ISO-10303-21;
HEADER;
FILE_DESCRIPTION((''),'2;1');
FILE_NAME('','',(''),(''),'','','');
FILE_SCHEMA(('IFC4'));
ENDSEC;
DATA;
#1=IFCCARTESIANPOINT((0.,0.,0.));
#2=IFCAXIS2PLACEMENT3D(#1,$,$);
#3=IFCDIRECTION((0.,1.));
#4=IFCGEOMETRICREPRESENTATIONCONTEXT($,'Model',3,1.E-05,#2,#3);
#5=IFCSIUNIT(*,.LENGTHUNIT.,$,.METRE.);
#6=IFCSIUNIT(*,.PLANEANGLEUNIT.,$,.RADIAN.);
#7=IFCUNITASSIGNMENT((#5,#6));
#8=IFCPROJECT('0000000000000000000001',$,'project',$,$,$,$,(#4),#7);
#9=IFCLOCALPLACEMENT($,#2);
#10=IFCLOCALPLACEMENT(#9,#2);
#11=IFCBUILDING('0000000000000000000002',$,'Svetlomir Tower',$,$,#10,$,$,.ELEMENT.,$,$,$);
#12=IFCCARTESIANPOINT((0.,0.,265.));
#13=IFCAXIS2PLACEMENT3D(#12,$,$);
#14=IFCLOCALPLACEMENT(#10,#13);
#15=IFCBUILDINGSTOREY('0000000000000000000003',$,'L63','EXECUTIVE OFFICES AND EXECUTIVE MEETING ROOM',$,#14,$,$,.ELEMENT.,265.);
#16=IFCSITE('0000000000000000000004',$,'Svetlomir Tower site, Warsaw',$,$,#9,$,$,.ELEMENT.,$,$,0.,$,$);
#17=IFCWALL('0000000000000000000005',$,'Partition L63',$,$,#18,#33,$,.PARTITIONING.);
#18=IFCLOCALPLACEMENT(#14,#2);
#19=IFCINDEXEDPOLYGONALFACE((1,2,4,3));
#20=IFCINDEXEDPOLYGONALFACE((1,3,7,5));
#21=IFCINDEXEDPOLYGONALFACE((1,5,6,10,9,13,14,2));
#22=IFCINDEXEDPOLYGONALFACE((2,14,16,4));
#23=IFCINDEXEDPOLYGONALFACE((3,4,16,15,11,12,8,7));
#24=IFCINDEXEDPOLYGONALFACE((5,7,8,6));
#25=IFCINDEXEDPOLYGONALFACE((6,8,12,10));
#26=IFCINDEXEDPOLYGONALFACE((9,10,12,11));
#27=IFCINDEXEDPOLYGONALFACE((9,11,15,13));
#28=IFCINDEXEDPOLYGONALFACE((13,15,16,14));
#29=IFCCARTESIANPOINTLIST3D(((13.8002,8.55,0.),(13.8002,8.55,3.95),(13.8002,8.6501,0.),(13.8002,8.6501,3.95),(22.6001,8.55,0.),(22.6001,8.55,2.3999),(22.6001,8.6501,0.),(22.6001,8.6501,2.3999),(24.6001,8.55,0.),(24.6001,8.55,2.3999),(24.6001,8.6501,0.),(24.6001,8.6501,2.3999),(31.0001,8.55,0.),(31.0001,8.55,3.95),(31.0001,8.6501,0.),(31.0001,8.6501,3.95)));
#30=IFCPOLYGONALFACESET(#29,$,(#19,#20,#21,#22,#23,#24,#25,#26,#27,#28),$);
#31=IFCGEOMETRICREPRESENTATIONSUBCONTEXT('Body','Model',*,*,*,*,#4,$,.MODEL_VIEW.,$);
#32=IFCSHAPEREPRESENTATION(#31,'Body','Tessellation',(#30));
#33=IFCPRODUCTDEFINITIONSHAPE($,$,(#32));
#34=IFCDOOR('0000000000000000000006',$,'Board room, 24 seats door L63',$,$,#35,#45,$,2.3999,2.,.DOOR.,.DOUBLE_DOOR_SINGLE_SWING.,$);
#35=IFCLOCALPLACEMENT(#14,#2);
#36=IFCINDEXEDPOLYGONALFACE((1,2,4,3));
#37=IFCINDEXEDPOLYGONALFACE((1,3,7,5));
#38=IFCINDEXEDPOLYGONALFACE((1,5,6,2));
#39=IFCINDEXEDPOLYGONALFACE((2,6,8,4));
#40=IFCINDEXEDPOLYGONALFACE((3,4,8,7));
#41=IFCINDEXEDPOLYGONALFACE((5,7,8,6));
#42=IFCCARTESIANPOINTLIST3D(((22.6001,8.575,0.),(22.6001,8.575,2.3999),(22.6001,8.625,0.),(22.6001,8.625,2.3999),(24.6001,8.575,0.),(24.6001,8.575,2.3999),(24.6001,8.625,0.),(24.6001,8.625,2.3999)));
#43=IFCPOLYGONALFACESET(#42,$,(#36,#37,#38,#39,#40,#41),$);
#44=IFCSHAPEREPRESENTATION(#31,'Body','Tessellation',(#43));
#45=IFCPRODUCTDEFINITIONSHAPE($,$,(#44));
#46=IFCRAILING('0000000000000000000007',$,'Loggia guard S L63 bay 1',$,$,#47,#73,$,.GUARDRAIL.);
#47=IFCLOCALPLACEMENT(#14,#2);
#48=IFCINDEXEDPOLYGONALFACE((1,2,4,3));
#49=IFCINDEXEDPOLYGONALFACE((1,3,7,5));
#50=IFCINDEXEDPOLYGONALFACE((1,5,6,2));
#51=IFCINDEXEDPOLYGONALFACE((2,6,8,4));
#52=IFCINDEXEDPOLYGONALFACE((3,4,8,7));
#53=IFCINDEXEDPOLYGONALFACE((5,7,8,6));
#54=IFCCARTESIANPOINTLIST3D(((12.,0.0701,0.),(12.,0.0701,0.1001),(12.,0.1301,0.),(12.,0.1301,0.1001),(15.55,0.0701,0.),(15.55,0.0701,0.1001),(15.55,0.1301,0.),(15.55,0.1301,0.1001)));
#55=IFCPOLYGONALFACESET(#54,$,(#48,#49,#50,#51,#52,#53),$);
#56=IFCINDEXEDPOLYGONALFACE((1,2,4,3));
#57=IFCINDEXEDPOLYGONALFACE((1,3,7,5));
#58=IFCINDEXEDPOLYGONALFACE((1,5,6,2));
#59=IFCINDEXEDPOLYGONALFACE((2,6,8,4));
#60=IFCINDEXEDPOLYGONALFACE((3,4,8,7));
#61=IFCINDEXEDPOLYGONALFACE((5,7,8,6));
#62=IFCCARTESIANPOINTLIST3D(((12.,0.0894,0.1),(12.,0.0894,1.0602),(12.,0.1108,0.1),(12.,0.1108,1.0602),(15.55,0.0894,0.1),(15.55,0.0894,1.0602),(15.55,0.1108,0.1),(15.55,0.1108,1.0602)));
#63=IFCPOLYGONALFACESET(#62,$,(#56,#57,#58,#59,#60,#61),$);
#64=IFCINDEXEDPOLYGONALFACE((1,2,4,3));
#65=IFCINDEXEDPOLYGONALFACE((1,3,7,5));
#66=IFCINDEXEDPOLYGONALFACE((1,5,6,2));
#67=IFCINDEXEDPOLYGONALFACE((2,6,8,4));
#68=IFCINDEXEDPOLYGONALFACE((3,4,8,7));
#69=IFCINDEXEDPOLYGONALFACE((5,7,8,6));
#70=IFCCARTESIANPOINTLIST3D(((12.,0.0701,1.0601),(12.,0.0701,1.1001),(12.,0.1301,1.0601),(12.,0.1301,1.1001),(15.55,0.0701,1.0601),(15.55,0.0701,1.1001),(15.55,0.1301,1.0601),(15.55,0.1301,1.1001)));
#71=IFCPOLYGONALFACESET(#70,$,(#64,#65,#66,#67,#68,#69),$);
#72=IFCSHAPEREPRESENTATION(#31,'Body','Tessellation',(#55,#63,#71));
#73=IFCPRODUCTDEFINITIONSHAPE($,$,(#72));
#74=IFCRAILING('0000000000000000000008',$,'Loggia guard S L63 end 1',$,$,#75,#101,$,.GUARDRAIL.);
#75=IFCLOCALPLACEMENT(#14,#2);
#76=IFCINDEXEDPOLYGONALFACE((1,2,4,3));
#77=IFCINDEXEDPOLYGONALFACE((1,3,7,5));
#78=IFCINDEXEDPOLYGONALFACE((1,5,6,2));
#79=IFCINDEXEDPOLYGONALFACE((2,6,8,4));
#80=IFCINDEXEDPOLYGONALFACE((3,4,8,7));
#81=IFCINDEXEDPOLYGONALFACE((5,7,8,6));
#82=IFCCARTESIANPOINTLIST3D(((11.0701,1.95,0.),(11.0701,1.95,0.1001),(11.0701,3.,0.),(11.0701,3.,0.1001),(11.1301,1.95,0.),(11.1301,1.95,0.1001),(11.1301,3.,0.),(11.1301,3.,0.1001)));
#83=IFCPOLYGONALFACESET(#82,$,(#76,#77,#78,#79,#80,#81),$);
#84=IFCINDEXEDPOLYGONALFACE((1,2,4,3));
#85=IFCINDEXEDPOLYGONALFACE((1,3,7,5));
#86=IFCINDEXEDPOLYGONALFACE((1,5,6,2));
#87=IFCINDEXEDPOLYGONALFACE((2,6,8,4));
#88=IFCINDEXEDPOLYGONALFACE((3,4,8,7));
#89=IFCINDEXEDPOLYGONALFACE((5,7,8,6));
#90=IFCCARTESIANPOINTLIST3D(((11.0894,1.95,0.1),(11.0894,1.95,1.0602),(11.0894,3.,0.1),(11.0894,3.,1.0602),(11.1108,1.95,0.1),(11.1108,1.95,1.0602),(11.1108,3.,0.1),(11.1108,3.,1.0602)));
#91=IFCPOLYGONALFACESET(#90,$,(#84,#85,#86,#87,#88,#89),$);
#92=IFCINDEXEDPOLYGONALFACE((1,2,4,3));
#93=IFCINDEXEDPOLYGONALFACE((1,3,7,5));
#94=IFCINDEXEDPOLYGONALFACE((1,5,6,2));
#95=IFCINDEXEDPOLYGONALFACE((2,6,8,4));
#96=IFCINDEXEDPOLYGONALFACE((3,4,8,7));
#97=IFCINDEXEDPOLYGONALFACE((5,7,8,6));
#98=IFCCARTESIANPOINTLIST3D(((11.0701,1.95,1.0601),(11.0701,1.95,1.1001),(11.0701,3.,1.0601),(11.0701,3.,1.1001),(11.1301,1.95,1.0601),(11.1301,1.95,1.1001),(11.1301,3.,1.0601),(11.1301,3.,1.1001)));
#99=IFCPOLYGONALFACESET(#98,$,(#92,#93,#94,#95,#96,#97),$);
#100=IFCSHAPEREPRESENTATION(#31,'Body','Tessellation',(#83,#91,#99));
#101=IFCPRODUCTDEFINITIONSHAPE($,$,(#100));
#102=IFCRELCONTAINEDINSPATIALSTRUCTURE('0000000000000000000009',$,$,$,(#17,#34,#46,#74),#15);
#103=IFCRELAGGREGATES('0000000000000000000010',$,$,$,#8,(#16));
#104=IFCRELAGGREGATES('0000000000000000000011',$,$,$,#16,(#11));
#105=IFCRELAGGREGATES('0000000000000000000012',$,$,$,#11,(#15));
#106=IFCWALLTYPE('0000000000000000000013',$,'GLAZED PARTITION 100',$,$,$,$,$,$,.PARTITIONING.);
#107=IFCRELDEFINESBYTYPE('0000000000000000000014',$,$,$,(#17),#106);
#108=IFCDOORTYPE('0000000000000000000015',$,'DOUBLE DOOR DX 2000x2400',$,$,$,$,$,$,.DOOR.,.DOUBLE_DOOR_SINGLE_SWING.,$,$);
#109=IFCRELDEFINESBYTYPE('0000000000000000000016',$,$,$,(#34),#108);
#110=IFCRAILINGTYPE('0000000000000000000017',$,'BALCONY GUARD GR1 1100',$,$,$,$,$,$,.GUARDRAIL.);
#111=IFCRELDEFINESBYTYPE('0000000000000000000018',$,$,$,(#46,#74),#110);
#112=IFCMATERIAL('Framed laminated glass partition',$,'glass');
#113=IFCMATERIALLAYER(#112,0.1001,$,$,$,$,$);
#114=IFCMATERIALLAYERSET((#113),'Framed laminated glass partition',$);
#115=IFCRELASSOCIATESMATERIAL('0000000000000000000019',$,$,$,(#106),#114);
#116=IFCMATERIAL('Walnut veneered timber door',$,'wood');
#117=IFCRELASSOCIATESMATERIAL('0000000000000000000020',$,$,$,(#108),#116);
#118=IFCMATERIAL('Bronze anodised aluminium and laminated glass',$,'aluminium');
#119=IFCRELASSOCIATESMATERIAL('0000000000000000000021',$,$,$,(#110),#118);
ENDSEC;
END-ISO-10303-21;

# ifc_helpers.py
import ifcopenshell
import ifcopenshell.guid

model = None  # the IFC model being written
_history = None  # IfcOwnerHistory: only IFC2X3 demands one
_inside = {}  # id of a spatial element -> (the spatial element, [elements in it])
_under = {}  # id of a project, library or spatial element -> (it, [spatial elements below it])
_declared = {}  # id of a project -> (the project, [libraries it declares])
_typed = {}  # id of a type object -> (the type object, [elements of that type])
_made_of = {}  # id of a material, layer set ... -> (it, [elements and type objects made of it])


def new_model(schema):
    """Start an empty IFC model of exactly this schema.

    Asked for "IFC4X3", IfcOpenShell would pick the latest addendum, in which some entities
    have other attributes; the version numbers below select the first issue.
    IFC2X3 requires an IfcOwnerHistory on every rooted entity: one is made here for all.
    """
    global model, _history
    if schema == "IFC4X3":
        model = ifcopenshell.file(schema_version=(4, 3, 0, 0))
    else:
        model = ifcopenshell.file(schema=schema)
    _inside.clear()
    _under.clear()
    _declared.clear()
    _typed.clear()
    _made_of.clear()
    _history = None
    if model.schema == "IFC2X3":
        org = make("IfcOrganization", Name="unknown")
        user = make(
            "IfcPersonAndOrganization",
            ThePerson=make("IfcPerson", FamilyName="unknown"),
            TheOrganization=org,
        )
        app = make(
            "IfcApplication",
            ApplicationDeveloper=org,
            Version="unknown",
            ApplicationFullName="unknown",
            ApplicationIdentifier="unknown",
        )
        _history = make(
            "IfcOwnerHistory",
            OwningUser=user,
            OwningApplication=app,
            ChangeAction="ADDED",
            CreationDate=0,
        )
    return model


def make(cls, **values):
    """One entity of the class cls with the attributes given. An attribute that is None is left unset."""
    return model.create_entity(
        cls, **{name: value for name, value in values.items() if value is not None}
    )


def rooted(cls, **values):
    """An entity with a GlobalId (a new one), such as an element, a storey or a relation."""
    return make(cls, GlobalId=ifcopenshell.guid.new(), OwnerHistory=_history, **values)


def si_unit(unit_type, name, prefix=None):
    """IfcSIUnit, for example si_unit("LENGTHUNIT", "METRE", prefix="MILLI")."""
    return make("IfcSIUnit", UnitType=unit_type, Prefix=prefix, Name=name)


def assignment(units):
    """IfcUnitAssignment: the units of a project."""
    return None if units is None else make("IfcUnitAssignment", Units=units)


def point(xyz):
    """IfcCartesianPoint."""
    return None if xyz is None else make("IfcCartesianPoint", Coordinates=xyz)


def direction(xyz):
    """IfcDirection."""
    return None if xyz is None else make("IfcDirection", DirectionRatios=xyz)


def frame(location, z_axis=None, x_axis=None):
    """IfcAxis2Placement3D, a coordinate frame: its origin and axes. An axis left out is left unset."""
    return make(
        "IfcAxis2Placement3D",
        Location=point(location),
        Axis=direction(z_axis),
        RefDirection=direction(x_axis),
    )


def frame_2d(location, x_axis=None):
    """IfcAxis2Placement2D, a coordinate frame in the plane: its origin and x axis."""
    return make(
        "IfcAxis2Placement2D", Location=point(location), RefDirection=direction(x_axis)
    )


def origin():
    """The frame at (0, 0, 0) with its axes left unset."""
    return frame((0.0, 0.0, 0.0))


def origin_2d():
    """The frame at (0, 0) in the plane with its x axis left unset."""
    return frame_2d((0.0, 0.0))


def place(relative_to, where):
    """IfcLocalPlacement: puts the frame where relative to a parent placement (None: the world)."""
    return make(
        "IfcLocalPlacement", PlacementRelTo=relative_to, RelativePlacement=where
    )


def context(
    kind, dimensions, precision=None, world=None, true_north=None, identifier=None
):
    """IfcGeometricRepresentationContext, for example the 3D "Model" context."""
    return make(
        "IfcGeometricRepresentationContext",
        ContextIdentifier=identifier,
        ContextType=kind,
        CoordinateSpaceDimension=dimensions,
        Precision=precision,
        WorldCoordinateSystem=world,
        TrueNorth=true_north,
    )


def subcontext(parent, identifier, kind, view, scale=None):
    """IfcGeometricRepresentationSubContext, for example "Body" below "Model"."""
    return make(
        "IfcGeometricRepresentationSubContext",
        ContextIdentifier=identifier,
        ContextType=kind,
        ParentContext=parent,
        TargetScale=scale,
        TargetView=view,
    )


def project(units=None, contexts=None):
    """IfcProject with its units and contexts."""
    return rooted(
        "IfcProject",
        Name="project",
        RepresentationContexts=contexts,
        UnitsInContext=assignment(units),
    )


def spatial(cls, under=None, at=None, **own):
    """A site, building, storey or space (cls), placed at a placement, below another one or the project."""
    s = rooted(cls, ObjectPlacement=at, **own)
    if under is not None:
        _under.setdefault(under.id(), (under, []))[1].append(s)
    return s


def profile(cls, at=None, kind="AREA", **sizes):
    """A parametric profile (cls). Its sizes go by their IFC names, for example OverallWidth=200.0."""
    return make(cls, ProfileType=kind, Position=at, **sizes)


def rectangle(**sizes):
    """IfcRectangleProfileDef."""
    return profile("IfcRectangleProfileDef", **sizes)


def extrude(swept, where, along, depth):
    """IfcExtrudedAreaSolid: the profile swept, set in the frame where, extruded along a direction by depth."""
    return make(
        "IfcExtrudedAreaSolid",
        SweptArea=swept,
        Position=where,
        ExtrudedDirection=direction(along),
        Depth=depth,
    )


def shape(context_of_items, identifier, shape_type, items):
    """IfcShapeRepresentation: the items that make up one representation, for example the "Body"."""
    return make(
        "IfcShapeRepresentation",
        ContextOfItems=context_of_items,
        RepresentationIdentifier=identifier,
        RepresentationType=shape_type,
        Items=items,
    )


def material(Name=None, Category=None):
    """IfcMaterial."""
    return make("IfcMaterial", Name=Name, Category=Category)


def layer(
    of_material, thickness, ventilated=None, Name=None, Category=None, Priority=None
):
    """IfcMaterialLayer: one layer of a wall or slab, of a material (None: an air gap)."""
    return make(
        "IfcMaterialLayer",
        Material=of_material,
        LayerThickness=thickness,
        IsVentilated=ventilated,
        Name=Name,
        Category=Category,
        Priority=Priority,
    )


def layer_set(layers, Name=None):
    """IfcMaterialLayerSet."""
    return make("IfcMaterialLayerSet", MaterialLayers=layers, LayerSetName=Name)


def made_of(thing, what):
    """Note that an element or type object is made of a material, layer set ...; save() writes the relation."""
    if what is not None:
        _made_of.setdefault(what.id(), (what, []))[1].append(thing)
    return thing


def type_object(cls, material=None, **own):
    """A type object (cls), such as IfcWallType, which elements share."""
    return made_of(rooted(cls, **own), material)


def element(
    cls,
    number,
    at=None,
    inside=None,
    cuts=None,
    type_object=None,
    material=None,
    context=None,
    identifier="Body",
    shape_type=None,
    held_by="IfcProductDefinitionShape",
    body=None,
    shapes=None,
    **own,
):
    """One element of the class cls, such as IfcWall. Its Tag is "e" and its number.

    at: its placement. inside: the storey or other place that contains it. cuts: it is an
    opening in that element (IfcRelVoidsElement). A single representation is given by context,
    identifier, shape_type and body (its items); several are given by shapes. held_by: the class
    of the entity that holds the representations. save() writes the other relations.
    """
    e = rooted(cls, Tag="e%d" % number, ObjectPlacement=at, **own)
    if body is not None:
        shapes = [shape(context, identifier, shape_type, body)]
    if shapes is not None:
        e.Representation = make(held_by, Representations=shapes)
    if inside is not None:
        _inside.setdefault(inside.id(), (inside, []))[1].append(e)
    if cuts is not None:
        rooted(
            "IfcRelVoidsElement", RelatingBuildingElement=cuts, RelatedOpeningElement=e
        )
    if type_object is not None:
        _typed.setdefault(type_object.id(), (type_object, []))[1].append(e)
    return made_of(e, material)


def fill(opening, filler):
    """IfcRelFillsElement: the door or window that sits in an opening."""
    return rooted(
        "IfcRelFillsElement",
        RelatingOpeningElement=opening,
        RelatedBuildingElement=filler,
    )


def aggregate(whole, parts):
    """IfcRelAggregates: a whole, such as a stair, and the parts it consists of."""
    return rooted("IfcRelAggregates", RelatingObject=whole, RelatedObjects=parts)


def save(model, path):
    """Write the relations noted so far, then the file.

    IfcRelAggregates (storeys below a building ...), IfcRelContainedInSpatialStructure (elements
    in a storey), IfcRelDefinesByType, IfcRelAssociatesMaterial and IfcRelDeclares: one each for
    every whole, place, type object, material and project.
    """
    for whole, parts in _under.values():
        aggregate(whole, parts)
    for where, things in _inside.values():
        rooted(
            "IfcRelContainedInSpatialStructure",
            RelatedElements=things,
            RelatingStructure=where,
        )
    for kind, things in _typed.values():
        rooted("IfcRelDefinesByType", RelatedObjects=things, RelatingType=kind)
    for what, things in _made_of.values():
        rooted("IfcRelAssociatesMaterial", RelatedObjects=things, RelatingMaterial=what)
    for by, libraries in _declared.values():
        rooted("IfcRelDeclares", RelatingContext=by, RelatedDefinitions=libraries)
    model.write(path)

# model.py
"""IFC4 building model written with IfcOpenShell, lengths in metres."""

from ifc_helpers import new_model, si_unit, direction, frame, frame_2d, origin, origin_2d, place, context, subcontext, project, spatial, rectangle, extrude, material, layer, layer_set, type_object, element, fill, save


model = new_model("IFC4")

# Units and contexts
model_context = context("Model", 3, precision=1e-05, world=origin(), true_north=direction((0.0, 1.0)))
body_context = subcontext(model_context, "Body", "Model", "MODEL_VIEW")
ifc_project = project(units=[si_unit("LENGTHUNIT", "METRE"), si_unit("PLANEANGLEUNIT", "RADIAN")], contexts=[model_context])

# Site, building, storey
site_placement = place(None, origin())
site = spatial("IfcSite", under=ifc_project, at=site_placement, Name="Svetlomir Tower site, Warsaw", CompositionType="ELEMENT", RefElevation=0.0)
building_placement = place(site_placement, origin())
building = spatial("IfcBuilding", under=site, at=building_placement, Name="Svetlomir Tower", CompositionType="ELEMENT")
storey_placement = place(building_placement, frame((0.0, 0.0, 265.0)))
storey = spatial("IfcBuildingStorey", under=building, at=storey_placement, Name="L63", Description="EXECUTIVE OFFICES AND EXECUTIVE MEETING ROOM", CompositionType="ELEMENT", Elevation=265.0)

# Shared definitions
ifc_material_1 = material(Name="Framed laminated glass partition", Category="glass")
ifc_layer_1 = layer(ifc_material_1, 0.1001)
ifc_layer_set_1 = layer_set([ifc_layer_1], Name="Framed laminated glass partition")
wall_type = type_object("IfcWallType", Name="GLAZED PARTITION 100", PredefinedType="PARTITIONING", material=ifc_layer_set_1)

# Wall, opening, door
wall_1_placement = place(storey_placement, frame((13.8, 8.6001, 0.0), z_axis=(0.0, 0.0, 1.0), x_axis=(1.0, 0.0, 0.0)))
wall_1 = element("IfcWall", 1, at=wall_1_placement, inside=storey, type_object=wall_type, Name="Partition L63", PredefinedType="PARTITIONING", context=body_context, shape_type="SweptSolid", body=[
    extrude(rectangle(XDim=17.2, YDim=0.1001, at=frame_2d((8.6001, 0.0))), origin(), (0.0, 0.0, 1.0), 3.95),
])
opening_1_placement = place(wall_1_placement, frame((8.8, 0.0, 0.0)))
opening_1 = element("IfcOpeningElement", 2, at=opening_1_placement, cuts=wall_1, PredefinedType="OPENING", context=body_context, shape_type="SweptSolid", body=[
    extrude(rectangle(XDim=2.0, YDim=2.3999, at=frame_2d((1.0, 1.2))), frame((0.0, 0.0601, 0.0), z_axis=(0.0, -1.0, 0.0), x_axis=(1.0, 0.0, 0.0)), (0.0, 0.0, 1.0), 0.1201),
])
ifc_material_2 = material(Name="Walnut veneered timber door", Category="wood")
door_type_1 = type_object("IfcDoorType", Name="DOUBLE DOOR DX 2000x2400", OperationType="DOUBLE_DOOR_SINGLE_SWING", PredefinedType="DOOR", material=ifc_material_2)
door_1_placement = place(opening_1_placement, origin())
door_1 = element("IfcDoor", 3, at=door_1_placement, inside=storey, type_object=door_type_1, Name="Board room, 24 seats door L63", OperationType="DOUBLE_DOOR_SINGLE_SWING", OverallHeight=2.3999, OverallWidth=2.0, PredefinedType="DOOR", context=body_context, shape_type="SweptSolid", body=[
    extrude(rectangle(XDim=2.0, YDim=2.3999, at=frame_2d((1.0, 1.2))), frame((0.0, 0.0249, 0.0), z_axis=(0.0, -1.0, 0.0), x_axis=(1.0, 0.0, 0.0)), (0.0, 0.0, 1.0), 0.05),
])
fill(opening_1, door_1)

# Railings
ifc_material_3 = material(Name="Bronze anodised aluminium and laminated glass", Category="aluminium")
railing_type = type_object("IfcRailingType", Name="BALCONY GUARD GR1 1100", PredefinedType="GUARDRAIL", material=ifc_material_3)
railing_1_placement = place(storey_placement, frame((12.0, 0.1001, 0.0)))
element("IfcRailing", 4, at=railing_1_placement, inside=storey, type_object=railing_type, Name="Loggia guard S L63 bay 1", PredefinedType="GUARDRAIL", context=body_context, shape_type="SweptSolid", body=[
    extrude(rectangle(XDim=0.0601, YDim=0.1001, at=origin_2d()), frame((0.0, 0.0, 0.05), z_axis=(1.0, 0.0, 0.0), x_axis=(0.0, 1.0, 0.0)), (0.0, 0.0, 1.0), 3.55),
    extrude(rectangle(XDim=0.0215, YDim=0.9602, at=origin_2d()), frame((0.0, 0.0, 0.5801), z_axis=(1.0, 0.0, 0.0), x_axis=(0.0, 1.0, 0.0)), (0.0, 0.0, 1.0), 3.55),
    extrude(rectangle(XDim=0.0601, YDim=0.04, at=origin_2d()), frame((0.0, 0.0, 1.0801), z_axis=(1.0, 0.0, 0.0), x_axis=(0.0, 1.0, 0.0)), (0.0, 0.0, 1.0), 3.55),
])
railing_2_placement = place(storey_placement, frame((11.1001, 1.95, 0.0)))
element("IfcRailing", 5, at=railing_2_placement, inside=storey, type_object=railing_type, Name="Loggia guard S L63 end 1", PredefinedType="GUARDRAIL", context=body_context, shape_type="SweptSolid", body=[
    extrude(rectangle(XDim=0.0601, YDim=0.1001, at=origin_2d()), frame((0.0, 0.0, 0.05), z_axis=(0.0, 1.0, 0.0), x_axis=(-1.0, 0.0, 0.0)), (0.0, 0.0, 1.0), 1.05),
    extrude(rectangle(XDim=0.0215, YDim=0.9602, at=origin_2d()), frame((0.0, 0.0, 0.5801), z_axis=(0.0, 1.0, 0.0), x_axis=(-1.0, 0.0, 0.0)), (0.0, 0.0, 1.0), 1.05),
    extrude(rectangle(XDim=0.0601, YDim=0.04, at=origin_2d()), frame((0.0, 0.0, 1.0801), z_axis=(0.0, 1.0, 0.0), x_axis=(-1.0, 0.0, 0.0)), (0.0, 0.0, 1.0), 1.05),
])

save(model, "model.ifc")
